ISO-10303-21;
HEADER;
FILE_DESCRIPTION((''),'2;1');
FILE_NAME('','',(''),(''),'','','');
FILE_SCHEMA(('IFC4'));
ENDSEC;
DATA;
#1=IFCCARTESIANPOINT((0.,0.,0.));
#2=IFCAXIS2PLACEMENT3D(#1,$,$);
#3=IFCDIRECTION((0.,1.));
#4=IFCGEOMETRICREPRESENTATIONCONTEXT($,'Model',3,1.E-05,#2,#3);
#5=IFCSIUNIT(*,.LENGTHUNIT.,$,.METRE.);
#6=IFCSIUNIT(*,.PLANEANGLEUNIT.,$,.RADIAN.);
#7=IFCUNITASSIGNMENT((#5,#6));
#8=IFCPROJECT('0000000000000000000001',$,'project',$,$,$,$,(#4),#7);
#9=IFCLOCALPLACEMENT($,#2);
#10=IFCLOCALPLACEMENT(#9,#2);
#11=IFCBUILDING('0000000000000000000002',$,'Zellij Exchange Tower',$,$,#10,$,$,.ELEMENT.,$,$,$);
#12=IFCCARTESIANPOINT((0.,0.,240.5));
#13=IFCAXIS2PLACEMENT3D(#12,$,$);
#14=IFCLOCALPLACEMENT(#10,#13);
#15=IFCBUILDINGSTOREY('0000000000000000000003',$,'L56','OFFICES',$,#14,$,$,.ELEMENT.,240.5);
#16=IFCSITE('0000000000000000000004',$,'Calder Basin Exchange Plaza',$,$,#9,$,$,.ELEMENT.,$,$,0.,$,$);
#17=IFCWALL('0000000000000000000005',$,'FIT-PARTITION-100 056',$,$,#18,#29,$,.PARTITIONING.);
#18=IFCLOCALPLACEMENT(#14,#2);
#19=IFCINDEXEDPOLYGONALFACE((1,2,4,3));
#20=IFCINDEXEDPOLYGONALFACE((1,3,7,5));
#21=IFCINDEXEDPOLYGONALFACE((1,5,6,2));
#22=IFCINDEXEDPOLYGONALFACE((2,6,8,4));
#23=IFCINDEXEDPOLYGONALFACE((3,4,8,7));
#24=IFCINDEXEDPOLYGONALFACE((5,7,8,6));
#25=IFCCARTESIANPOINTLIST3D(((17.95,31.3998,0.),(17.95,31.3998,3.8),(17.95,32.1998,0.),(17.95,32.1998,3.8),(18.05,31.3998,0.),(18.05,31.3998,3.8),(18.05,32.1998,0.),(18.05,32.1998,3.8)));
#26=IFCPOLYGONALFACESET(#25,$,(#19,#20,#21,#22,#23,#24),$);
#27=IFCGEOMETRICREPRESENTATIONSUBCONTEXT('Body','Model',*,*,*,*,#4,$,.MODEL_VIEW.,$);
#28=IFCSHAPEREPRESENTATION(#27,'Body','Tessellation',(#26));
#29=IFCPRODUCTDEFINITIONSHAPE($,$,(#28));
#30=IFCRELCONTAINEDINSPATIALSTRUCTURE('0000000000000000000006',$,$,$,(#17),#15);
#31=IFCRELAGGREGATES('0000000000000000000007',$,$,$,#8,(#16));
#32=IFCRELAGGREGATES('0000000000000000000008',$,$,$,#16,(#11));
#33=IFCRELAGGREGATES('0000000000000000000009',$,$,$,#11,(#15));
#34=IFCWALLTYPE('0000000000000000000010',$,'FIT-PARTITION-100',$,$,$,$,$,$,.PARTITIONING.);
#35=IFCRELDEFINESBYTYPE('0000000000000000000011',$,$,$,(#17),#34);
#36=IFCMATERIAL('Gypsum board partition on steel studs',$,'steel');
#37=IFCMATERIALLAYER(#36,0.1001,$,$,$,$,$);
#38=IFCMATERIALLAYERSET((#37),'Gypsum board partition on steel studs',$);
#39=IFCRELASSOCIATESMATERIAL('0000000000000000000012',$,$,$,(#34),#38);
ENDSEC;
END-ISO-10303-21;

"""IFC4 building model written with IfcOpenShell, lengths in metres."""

from ifc_helpers import new_model, si_unit, direction, frame, frame_2d, origin, place, context, subcontext, project, spatial, rectangle, extrude, material, layer, layer_set, type_object, element, save


model = new_model("IFC4")

# Units and contexts
model_context = context("Model", 3, precision=1e-05, world=origin(), true_north=direction((0.0, 1.0)))
body_context = subcontext(model_context, "Body", "Model", "MODEL_VIEW")
ifc_project = project(units=[si_unit("LENGTHUNIT", "METRE"), si_unit("PLANEANGLEUNIT", "RADIAN")], contexts=[model_context])

# Site, building, storey
site_placement = place(None, origin())
site = spatial("IfcSite", under=ifc_project, at=site_placement, Name="Calder Basin Exchange Plaza", CompositionType="ELEMENT", RefElevation=0.0)
building_placement = place(site_placement, origin())
building = spatial("IfcBuilding", under=site, at=building_placement, Name="Zellij Exchange Tower", CompositionType="ELEMENT")
storey_placement = place(building_placement, frame((0.0, 0.0, 240.5)))
storey = spatial("IfcBuildingStorey", under=building, at=storey_placement, Name="L56", Description="OFFICES", CompositionType="ELEMENT", Elevation=240.5)

# Wall
ifc_material_1 = material(Name="Gypsum board partition on steel studs", Category="steel")
ifc_layer = layer(ifc_material_1, 0.1001)
ifc_layer_set = layer_set([ifc_layer], Name="Gypsum board partition on steel studs")
wall_type = type_object("IfcWallType", Name="FIT-PARTITION-100", PredefinedType="PARTITIONING", material=ifc_layer_set)
wall_1_placement = place(storey_placement, frame((18.0, 31.3999, 0.0), z_axis=(0.0, 0.0, 1.0), x_axis=(0.0, 1.0, 0.0)))
element("IfcWall", 1, at=wall_1_placement, inside=storey, type_object=wall_type, Name="FIT-PARTITION-100 056", PredefinedType="PARTITIONING", context=body_context, shape_type="SweptSolid", body=[
    extrude(rectangle(XDim=0.8, YDim=0.1001, at=frame_2d((0.3999, 0.0))), origin(), (0.0, 0.0, 1.0), 3.8),
])

save(model, "model.ifc")
